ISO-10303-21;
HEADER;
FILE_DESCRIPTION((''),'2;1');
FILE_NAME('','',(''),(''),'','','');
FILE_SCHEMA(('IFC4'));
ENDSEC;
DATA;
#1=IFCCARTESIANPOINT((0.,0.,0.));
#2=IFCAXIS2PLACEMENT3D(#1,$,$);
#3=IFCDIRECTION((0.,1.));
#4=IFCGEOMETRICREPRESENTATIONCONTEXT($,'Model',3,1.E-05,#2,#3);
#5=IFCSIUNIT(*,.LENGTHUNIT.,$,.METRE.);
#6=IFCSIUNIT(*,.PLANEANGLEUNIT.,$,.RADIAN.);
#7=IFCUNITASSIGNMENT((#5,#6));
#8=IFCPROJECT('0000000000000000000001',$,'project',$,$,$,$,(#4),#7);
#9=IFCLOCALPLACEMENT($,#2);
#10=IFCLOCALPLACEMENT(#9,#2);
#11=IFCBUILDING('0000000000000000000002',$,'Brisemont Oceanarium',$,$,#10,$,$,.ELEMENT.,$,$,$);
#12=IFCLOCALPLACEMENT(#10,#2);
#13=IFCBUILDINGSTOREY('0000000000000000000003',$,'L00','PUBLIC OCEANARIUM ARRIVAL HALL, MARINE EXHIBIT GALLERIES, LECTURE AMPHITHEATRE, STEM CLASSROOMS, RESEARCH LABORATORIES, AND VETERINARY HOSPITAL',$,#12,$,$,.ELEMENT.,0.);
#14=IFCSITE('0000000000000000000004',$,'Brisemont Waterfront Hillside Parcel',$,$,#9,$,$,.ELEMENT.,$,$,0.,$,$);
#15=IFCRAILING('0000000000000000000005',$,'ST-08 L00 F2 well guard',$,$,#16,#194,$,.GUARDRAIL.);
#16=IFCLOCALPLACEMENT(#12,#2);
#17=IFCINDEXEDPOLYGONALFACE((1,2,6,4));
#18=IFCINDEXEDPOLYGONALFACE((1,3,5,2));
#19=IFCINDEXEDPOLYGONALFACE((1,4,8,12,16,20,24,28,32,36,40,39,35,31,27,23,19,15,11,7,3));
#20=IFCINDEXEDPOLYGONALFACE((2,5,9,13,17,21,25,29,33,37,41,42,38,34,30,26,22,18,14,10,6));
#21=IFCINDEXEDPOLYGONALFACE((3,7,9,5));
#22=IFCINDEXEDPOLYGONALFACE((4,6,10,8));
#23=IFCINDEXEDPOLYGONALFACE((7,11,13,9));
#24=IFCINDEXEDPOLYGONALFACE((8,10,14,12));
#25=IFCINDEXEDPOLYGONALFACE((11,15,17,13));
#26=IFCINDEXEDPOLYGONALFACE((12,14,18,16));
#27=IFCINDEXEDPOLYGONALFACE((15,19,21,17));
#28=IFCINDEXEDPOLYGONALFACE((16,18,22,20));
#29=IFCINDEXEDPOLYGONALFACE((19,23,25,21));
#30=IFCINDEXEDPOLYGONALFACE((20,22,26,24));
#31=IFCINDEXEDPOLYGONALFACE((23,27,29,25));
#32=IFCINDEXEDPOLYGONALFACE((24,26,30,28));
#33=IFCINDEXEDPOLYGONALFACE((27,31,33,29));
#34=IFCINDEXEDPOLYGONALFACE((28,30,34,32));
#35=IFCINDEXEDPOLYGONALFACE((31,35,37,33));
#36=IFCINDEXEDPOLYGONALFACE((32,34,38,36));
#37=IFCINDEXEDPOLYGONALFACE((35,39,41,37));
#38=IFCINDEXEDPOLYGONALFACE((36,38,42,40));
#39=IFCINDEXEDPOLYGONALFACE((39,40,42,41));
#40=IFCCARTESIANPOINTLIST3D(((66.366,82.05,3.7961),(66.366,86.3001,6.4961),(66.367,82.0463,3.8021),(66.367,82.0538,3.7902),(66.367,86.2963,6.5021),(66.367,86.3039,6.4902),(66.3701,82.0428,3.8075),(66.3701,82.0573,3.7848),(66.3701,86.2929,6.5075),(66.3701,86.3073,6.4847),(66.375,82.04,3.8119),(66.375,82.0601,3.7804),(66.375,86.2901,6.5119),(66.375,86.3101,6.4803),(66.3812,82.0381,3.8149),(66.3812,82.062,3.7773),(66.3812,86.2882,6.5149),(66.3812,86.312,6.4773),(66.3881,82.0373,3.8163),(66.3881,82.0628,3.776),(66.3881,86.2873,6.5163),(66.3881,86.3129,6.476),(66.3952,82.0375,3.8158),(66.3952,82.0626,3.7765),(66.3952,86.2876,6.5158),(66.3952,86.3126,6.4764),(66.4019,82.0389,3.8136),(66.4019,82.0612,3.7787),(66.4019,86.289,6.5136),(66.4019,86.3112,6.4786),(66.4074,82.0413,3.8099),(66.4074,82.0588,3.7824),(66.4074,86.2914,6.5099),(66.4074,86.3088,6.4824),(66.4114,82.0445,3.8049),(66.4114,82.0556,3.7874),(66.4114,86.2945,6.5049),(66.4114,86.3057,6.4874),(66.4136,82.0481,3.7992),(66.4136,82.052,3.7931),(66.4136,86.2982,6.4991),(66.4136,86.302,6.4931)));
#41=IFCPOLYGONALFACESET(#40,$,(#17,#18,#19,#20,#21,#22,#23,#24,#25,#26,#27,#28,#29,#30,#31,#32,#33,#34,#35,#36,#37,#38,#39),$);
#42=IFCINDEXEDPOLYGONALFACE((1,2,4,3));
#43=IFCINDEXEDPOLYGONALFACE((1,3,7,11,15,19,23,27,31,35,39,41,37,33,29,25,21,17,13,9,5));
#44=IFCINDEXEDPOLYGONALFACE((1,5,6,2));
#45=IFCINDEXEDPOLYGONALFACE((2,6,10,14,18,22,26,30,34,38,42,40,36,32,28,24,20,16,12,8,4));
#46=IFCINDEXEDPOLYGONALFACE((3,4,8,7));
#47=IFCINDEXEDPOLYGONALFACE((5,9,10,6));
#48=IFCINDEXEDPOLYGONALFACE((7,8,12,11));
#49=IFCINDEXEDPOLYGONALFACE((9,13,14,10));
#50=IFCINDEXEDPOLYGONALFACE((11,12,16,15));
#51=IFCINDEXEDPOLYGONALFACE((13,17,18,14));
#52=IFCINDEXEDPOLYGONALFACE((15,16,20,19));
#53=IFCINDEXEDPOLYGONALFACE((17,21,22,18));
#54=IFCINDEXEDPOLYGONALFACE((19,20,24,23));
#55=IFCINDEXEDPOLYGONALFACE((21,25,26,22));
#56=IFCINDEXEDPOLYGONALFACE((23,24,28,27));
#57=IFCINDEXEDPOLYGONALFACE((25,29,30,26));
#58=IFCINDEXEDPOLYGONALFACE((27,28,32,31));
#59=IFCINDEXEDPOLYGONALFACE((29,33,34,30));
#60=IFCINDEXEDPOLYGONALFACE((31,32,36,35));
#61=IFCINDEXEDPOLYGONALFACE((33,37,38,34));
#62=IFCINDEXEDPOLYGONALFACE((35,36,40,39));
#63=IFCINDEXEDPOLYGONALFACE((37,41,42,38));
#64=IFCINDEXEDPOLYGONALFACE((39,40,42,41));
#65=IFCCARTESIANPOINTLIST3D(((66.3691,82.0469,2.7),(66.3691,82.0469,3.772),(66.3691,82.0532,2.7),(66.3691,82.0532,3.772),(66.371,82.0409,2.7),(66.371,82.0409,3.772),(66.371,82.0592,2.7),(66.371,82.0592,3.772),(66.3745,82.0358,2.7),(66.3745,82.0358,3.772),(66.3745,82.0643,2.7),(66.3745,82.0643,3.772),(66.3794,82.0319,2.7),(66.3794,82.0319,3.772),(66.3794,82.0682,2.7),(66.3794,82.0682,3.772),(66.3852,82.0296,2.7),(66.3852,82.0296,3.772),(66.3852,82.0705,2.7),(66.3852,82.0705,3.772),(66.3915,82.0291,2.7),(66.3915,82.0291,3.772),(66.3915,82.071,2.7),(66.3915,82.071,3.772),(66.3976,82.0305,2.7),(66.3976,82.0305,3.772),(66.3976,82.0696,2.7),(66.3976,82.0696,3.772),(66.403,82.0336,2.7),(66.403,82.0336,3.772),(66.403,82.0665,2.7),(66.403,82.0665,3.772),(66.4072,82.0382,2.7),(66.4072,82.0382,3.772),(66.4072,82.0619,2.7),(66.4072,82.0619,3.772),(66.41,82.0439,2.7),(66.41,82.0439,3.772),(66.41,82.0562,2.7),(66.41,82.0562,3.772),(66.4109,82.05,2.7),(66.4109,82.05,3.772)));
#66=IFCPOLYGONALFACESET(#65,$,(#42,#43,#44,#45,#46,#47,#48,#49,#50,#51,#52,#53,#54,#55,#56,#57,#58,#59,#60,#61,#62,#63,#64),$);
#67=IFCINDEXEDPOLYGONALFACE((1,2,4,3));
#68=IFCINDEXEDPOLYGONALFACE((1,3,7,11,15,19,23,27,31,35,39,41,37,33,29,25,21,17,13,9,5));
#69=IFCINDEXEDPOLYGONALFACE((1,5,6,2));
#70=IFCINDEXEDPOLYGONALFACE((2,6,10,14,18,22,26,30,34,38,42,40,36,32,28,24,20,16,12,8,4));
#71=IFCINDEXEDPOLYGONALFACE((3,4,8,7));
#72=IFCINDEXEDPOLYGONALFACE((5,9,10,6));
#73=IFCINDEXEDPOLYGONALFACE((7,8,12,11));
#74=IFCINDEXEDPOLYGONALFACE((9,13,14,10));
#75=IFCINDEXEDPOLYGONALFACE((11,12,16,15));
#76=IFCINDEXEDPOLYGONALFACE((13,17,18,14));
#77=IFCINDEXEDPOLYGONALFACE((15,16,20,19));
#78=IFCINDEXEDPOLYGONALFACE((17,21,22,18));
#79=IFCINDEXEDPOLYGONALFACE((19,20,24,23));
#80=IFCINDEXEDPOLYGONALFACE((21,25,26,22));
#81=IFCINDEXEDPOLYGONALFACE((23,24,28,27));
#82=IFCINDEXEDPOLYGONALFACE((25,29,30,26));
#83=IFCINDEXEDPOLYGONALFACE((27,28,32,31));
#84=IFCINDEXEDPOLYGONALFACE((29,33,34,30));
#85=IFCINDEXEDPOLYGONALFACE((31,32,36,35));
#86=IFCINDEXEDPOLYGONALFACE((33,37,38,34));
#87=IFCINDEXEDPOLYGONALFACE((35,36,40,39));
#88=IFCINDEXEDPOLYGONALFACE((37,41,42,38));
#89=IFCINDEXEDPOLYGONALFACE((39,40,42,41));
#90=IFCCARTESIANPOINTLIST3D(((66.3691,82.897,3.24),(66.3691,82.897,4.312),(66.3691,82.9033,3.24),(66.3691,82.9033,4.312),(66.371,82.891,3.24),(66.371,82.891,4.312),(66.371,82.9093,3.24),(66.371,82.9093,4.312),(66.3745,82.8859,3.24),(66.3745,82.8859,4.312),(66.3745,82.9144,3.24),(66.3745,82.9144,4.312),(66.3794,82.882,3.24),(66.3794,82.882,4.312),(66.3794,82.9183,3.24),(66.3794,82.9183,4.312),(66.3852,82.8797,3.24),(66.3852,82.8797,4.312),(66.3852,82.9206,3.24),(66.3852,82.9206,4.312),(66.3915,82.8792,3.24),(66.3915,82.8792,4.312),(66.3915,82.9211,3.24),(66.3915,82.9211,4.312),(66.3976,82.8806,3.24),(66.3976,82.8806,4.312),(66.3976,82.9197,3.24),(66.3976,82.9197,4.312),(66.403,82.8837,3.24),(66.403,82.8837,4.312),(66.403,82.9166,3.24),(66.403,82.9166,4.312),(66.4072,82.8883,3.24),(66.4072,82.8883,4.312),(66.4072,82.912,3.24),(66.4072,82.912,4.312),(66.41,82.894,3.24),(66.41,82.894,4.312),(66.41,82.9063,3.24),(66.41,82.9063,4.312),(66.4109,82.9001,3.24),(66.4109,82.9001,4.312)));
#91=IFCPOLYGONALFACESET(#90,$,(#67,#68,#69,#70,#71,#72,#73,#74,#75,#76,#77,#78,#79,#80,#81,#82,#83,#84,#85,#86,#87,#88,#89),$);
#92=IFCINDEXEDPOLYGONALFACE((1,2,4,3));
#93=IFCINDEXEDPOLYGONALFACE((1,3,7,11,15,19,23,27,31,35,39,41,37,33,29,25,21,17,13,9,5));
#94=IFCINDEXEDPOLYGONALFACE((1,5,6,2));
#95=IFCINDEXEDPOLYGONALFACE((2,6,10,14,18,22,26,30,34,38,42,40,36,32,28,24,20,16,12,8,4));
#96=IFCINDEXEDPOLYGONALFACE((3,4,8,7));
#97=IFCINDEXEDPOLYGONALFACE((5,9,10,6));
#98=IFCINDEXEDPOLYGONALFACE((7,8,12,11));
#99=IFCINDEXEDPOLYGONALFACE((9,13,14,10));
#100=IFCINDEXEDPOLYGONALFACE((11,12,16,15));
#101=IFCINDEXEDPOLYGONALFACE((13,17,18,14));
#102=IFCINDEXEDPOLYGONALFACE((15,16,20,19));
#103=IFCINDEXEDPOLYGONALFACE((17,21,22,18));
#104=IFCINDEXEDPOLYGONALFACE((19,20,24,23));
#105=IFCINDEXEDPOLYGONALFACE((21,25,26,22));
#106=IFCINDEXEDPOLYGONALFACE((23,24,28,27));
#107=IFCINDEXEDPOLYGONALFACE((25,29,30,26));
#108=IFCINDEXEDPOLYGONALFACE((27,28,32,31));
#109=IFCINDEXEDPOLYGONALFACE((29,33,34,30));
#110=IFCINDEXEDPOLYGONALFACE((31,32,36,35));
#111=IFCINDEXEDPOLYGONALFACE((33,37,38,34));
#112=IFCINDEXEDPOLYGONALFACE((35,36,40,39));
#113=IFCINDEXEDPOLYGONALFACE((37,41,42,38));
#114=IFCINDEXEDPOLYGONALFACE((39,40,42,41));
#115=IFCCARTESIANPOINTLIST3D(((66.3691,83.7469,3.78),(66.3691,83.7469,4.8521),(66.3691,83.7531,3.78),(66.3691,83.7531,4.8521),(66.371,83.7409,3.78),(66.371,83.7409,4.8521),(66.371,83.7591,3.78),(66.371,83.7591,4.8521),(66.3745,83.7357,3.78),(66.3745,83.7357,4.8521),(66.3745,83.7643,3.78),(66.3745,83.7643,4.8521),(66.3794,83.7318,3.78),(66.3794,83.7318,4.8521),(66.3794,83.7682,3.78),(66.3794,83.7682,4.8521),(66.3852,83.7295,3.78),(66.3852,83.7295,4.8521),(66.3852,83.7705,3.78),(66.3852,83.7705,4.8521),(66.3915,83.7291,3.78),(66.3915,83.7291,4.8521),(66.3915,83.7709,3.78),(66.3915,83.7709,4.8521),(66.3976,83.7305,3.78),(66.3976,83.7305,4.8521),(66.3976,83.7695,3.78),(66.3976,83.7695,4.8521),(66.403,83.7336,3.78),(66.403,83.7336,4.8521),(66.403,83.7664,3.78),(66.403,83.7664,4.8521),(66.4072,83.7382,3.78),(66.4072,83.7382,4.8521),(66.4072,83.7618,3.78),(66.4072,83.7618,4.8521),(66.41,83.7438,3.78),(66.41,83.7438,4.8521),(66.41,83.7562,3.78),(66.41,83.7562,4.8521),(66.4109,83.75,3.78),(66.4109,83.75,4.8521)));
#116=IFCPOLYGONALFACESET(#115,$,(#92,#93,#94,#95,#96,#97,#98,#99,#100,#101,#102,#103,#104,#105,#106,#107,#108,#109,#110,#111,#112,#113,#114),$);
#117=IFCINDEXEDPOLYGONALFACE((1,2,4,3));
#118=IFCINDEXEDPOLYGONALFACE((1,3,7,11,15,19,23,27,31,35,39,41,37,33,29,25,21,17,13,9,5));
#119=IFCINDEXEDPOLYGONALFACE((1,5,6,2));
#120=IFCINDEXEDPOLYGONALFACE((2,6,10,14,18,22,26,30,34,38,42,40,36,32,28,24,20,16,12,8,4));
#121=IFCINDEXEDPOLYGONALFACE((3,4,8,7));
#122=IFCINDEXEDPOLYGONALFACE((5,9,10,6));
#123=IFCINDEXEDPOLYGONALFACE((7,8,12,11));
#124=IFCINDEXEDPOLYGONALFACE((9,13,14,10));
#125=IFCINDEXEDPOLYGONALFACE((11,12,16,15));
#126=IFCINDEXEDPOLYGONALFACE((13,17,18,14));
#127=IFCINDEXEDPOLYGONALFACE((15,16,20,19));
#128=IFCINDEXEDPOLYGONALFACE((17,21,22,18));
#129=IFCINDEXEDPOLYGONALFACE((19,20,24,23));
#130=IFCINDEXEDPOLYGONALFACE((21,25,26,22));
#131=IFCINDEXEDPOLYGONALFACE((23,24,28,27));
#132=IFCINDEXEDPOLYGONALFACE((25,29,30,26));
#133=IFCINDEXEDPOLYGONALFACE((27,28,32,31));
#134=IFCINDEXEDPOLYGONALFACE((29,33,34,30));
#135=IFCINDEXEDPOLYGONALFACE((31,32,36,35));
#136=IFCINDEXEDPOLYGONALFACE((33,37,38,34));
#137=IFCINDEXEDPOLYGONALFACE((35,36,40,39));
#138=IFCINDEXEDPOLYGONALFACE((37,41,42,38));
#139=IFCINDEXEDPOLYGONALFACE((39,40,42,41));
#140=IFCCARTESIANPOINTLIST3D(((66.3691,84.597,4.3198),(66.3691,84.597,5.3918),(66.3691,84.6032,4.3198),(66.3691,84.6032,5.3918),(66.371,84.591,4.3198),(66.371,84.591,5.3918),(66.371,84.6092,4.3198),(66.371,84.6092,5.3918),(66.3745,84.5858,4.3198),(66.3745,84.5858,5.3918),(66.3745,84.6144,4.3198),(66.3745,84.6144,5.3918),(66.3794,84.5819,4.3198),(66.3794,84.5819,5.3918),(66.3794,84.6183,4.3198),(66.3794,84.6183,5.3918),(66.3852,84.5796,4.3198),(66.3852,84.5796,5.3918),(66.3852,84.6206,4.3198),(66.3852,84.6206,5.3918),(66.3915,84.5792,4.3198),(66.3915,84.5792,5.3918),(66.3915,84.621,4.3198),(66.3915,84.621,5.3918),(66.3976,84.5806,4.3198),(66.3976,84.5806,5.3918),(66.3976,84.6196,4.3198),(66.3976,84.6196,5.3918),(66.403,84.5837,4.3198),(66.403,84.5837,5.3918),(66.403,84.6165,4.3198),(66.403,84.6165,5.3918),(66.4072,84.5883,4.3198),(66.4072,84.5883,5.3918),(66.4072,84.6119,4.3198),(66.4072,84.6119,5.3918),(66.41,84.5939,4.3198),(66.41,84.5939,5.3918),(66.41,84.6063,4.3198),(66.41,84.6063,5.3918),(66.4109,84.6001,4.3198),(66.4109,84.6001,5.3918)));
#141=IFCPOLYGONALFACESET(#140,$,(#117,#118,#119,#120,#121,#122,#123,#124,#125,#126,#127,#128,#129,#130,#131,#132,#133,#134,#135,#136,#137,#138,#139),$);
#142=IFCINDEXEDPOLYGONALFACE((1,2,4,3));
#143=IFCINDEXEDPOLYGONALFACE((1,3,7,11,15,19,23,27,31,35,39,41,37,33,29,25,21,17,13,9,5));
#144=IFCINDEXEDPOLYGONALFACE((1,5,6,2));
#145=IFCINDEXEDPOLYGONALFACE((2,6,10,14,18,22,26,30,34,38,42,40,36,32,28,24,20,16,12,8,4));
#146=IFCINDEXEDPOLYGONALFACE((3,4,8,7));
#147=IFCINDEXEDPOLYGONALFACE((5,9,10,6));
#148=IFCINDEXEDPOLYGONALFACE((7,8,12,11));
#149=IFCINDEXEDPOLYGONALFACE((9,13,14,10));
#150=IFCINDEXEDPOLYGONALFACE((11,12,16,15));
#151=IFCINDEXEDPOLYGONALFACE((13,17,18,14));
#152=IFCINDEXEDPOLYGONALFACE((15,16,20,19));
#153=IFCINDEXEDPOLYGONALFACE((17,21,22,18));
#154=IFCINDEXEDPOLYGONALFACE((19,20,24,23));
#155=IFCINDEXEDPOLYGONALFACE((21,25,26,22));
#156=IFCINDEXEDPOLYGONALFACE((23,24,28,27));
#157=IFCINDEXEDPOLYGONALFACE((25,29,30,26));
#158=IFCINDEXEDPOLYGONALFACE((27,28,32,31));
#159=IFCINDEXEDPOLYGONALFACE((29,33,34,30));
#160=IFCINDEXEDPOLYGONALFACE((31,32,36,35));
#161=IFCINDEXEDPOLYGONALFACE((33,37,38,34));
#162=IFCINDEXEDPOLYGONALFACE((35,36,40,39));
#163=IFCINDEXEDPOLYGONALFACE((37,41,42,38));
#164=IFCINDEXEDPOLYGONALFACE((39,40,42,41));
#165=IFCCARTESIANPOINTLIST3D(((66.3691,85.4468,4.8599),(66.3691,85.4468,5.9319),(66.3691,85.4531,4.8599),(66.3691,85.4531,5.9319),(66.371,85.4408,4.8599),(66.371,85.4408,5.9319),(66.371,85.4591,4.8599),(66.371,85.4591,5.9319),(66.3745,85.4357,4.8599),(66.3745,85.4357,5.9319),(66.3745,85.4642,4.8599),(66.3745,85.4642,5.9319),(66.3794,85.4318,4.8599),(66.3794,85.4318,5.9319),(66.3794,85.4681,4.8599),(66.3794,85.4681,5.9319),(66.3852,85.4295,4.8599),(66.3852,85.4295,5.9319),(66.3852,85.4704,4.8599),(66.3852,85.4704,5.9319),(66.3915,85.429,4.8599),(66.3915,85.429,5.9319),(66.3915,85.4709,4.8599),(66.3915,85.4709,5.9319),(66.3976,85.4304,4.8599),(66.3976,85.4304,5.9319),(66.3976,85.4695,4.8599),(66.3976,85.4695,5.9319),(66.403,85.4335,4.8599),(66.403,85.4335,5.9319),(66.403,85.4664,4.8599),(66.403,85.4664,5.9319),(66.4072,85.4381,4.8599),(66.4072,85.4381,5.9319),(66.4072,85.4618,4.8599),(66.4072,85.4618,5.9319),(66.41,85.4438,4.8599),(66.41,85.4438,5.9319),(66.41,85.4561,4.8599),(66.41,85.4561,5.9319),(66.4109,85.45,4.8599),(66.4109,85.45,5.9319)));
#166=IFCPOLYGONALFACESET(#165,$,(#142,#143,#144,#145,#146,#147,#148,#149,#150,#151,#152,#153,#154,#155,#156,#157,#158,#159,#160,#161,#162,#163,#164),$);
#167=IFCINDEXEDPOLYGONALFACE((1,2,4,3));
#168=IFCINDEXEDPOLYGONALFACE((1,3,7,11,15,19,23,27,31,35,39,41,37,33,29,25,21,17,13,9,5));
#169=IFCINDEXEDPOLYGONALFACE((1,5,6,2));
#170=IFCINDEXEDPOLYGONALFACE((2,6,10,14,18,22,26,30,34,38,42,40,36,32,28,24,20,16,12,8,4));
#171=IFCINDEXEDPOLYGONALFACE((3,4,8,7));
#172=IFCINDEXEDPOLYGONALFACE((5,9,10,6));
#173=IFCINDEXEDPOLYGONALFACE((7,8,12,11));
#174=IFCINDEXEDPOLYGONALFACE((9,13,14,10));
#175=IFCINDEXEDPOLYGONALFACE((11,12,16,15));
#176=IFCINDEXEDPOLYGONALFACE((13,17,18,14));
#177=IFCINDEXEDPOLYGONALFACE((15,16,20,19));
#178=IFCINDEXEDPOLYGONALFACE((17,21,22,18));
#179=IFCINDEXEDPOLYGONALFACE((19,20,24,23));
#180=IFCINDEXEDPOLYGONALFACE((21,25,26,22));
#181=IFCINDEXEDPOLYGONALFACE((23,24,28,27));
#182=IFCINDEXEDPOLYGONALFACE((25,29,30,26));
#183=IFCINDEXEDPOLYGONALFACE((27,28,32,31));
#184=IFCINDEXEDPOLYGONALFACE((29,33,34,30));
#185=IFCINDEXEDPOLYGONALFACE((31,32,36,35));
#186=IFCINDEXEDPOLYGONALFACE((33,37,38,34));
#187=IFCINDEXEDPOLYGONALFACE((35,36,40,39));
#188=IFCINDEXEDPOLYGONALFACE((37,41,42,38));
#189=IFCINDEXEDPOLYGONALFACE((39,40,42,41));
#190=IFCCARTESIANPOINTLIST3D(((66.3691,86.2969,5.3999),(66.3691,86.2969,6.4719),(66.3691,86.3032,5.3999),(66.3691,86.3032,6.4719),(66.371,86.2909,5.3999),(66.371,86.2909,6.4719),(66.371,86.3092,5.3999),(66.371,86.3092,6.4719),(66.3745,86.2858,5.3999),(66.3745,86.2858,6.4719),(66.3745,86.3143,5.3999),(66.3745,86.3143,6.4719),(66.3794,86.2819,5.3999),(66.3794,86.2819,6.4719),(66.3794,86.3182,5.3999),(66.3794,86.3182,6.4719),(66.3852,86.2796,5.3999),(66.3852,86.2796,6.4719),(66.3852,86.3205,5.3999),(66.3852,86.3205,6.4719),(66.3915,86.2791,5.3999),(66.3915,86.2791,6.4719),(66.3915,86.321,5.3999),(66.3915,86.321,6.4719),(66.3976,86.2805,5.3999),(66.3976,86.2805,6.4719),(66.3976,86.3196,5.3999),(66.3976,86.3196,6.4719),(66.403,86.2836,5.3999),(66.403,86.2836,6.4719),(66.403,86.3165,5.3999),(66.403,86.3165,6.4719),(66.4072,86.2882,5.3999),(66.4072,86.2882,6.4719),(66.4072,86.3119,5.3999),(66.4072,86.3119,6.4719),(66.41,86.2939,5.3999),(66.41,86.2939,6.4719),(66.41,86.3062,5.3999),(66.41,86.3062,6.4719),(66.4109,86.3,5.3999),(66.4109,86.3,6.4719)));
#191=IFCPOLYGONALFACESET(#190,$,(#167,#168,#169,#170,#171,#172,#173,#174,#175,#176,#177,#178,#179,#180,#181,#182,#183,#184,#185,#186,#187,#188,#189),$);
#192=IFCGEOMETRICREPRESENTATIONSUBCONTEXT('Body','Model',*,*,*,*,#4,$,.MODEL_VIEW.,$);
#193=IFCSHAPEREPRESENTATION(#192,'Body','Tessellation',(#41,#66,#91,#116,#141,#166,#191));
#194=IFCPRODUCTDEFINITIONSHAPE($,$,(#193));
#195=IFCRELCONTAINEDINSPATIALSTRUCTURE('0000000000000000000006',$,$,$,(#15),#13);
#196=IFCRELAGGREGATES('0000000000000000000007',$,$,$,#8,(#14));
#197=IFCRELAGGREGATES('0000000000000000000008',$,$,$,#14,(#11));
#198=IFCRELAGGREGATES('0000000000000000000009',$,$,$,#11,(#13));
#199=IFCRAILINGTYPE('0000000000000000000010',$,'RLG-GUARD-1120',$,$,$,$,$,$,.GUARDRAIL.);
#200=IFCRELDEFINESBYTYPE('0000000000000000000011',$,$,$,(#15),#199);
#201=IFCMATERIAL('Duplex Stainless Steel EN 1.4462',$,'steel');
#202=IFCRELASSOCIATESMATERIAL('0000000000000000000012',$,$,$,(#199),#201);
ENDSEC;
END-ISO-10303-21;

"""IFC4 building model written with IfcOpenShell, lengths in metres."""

from ifc_helpers import new_model, si_unit, direction, frame, origin, origin_2d, place, context, subcontext, project, spatial, circle, extrude, material, type_object, element, save


model = new_model("IFC4")

# Units and contexts
model_context = context("Model", 3, precision=1e-05, world=origin(), true_north=direction((0.0, 1.0)))
body_context = subcontext(model_context, "Body", "Model", "MODEL_VIEW")
ifc_project = project(units=[si_unit("LENGTHUNIT", "METRE"), si_unit("PLANEANGLEUNIT", "RADIAN")], contexts=[model_context])

# Site, building, storey
site_placement = place(None, origin())
site = spatial("IfcSite", under=ifc_project, at=site_placement, Name="Brisemont Waterfront Hillside Parcel", CompositionType="ELEMENT", RefElevation=0.0)
building_placement = place(site_placement, origin())
building = spatial("IfcBuilding", under=site, at=building_placement, Name="Brisemont Oceanarium", CompositionType="ELEMENT")
storey_placement = place(building_placement, origin())
storey = spatial("IfcBuildingStorey", under=building, at=storey_placement, Name="L00", Description="PUBLIC OCEANARIUM ARRIVAL HALL, MARINE EXHIBIT GALLERIES, LECTURE AMPHITHEATRE, STEM CLASSROOMS, RESEARCH LABORATORIES, AND VETERINARY HOSPITAL", CompositionType="ELEMENT", Elevation=0.0)

# Railing
ifc_material_1 = material(Name="Duplex Stainless Steel EN 1.4462", Category="steel")
railing_type_1 = type_object("IfcRailingType", Name="RLG-GUARD-1120", PredefinedType="GUARDRAIL", material=ifc_material_1)
railing_1_placement = place(storey_placement, frame((66.3899, 82.05, 2.7)))
element("IfcRailing", 1, at=railing_1_placement, inside=storey, type_object=railing_type_1, Name="ST-08 L00 F2 well guard", PredefinedType="GUARDRAIL", context=body_context, shape_type="SweptSolid", body=[
    extrude(circle(Radius=0.0239, at=origin_2d()), frame((0.0, 0.0, 1.0962), z_axis=(0.0, 0.844075, 0.536226), x_axis=(-1.0, 0.0, 0.0)), (0.0, 0.0, 1.0), 5.0352),
    extrude(circle(Radius=0.021, at=origin_2d()), origin(), (0.0, 0.0, 1.0), 1.072),
    extrude(circle(Radius=0.021, at=origin_2d()), frame((0.0, 0.8501, 0.54)), (0.0, 0.0, 1.0), 1.072),
    extrude(circle(Radius=0.021, at=origin_2d()), frame((0.0, 1.7, 1.0801)), (0.0, 0.0, 1.0), 1.072),
    extrude(circle(Radius=0.021, at=origin_2d()), frame((0.0, 2.55, 1.6199)), (0.0, 0.0, 1.0), 1.072),
    extrude(circle(Radius=0.021, at=origin_2d()), frame((0.0, 3.3999, 2.1599)), (0.0, 0.0, 1.0), 1.072),
    extrude(circle(Radius=0.021, at=origin_2d()), frame((0.0, 4.25, 2.7)), (0.0, 0.0, 1.0), 1.072),
])

save(model, "model.ifc")
